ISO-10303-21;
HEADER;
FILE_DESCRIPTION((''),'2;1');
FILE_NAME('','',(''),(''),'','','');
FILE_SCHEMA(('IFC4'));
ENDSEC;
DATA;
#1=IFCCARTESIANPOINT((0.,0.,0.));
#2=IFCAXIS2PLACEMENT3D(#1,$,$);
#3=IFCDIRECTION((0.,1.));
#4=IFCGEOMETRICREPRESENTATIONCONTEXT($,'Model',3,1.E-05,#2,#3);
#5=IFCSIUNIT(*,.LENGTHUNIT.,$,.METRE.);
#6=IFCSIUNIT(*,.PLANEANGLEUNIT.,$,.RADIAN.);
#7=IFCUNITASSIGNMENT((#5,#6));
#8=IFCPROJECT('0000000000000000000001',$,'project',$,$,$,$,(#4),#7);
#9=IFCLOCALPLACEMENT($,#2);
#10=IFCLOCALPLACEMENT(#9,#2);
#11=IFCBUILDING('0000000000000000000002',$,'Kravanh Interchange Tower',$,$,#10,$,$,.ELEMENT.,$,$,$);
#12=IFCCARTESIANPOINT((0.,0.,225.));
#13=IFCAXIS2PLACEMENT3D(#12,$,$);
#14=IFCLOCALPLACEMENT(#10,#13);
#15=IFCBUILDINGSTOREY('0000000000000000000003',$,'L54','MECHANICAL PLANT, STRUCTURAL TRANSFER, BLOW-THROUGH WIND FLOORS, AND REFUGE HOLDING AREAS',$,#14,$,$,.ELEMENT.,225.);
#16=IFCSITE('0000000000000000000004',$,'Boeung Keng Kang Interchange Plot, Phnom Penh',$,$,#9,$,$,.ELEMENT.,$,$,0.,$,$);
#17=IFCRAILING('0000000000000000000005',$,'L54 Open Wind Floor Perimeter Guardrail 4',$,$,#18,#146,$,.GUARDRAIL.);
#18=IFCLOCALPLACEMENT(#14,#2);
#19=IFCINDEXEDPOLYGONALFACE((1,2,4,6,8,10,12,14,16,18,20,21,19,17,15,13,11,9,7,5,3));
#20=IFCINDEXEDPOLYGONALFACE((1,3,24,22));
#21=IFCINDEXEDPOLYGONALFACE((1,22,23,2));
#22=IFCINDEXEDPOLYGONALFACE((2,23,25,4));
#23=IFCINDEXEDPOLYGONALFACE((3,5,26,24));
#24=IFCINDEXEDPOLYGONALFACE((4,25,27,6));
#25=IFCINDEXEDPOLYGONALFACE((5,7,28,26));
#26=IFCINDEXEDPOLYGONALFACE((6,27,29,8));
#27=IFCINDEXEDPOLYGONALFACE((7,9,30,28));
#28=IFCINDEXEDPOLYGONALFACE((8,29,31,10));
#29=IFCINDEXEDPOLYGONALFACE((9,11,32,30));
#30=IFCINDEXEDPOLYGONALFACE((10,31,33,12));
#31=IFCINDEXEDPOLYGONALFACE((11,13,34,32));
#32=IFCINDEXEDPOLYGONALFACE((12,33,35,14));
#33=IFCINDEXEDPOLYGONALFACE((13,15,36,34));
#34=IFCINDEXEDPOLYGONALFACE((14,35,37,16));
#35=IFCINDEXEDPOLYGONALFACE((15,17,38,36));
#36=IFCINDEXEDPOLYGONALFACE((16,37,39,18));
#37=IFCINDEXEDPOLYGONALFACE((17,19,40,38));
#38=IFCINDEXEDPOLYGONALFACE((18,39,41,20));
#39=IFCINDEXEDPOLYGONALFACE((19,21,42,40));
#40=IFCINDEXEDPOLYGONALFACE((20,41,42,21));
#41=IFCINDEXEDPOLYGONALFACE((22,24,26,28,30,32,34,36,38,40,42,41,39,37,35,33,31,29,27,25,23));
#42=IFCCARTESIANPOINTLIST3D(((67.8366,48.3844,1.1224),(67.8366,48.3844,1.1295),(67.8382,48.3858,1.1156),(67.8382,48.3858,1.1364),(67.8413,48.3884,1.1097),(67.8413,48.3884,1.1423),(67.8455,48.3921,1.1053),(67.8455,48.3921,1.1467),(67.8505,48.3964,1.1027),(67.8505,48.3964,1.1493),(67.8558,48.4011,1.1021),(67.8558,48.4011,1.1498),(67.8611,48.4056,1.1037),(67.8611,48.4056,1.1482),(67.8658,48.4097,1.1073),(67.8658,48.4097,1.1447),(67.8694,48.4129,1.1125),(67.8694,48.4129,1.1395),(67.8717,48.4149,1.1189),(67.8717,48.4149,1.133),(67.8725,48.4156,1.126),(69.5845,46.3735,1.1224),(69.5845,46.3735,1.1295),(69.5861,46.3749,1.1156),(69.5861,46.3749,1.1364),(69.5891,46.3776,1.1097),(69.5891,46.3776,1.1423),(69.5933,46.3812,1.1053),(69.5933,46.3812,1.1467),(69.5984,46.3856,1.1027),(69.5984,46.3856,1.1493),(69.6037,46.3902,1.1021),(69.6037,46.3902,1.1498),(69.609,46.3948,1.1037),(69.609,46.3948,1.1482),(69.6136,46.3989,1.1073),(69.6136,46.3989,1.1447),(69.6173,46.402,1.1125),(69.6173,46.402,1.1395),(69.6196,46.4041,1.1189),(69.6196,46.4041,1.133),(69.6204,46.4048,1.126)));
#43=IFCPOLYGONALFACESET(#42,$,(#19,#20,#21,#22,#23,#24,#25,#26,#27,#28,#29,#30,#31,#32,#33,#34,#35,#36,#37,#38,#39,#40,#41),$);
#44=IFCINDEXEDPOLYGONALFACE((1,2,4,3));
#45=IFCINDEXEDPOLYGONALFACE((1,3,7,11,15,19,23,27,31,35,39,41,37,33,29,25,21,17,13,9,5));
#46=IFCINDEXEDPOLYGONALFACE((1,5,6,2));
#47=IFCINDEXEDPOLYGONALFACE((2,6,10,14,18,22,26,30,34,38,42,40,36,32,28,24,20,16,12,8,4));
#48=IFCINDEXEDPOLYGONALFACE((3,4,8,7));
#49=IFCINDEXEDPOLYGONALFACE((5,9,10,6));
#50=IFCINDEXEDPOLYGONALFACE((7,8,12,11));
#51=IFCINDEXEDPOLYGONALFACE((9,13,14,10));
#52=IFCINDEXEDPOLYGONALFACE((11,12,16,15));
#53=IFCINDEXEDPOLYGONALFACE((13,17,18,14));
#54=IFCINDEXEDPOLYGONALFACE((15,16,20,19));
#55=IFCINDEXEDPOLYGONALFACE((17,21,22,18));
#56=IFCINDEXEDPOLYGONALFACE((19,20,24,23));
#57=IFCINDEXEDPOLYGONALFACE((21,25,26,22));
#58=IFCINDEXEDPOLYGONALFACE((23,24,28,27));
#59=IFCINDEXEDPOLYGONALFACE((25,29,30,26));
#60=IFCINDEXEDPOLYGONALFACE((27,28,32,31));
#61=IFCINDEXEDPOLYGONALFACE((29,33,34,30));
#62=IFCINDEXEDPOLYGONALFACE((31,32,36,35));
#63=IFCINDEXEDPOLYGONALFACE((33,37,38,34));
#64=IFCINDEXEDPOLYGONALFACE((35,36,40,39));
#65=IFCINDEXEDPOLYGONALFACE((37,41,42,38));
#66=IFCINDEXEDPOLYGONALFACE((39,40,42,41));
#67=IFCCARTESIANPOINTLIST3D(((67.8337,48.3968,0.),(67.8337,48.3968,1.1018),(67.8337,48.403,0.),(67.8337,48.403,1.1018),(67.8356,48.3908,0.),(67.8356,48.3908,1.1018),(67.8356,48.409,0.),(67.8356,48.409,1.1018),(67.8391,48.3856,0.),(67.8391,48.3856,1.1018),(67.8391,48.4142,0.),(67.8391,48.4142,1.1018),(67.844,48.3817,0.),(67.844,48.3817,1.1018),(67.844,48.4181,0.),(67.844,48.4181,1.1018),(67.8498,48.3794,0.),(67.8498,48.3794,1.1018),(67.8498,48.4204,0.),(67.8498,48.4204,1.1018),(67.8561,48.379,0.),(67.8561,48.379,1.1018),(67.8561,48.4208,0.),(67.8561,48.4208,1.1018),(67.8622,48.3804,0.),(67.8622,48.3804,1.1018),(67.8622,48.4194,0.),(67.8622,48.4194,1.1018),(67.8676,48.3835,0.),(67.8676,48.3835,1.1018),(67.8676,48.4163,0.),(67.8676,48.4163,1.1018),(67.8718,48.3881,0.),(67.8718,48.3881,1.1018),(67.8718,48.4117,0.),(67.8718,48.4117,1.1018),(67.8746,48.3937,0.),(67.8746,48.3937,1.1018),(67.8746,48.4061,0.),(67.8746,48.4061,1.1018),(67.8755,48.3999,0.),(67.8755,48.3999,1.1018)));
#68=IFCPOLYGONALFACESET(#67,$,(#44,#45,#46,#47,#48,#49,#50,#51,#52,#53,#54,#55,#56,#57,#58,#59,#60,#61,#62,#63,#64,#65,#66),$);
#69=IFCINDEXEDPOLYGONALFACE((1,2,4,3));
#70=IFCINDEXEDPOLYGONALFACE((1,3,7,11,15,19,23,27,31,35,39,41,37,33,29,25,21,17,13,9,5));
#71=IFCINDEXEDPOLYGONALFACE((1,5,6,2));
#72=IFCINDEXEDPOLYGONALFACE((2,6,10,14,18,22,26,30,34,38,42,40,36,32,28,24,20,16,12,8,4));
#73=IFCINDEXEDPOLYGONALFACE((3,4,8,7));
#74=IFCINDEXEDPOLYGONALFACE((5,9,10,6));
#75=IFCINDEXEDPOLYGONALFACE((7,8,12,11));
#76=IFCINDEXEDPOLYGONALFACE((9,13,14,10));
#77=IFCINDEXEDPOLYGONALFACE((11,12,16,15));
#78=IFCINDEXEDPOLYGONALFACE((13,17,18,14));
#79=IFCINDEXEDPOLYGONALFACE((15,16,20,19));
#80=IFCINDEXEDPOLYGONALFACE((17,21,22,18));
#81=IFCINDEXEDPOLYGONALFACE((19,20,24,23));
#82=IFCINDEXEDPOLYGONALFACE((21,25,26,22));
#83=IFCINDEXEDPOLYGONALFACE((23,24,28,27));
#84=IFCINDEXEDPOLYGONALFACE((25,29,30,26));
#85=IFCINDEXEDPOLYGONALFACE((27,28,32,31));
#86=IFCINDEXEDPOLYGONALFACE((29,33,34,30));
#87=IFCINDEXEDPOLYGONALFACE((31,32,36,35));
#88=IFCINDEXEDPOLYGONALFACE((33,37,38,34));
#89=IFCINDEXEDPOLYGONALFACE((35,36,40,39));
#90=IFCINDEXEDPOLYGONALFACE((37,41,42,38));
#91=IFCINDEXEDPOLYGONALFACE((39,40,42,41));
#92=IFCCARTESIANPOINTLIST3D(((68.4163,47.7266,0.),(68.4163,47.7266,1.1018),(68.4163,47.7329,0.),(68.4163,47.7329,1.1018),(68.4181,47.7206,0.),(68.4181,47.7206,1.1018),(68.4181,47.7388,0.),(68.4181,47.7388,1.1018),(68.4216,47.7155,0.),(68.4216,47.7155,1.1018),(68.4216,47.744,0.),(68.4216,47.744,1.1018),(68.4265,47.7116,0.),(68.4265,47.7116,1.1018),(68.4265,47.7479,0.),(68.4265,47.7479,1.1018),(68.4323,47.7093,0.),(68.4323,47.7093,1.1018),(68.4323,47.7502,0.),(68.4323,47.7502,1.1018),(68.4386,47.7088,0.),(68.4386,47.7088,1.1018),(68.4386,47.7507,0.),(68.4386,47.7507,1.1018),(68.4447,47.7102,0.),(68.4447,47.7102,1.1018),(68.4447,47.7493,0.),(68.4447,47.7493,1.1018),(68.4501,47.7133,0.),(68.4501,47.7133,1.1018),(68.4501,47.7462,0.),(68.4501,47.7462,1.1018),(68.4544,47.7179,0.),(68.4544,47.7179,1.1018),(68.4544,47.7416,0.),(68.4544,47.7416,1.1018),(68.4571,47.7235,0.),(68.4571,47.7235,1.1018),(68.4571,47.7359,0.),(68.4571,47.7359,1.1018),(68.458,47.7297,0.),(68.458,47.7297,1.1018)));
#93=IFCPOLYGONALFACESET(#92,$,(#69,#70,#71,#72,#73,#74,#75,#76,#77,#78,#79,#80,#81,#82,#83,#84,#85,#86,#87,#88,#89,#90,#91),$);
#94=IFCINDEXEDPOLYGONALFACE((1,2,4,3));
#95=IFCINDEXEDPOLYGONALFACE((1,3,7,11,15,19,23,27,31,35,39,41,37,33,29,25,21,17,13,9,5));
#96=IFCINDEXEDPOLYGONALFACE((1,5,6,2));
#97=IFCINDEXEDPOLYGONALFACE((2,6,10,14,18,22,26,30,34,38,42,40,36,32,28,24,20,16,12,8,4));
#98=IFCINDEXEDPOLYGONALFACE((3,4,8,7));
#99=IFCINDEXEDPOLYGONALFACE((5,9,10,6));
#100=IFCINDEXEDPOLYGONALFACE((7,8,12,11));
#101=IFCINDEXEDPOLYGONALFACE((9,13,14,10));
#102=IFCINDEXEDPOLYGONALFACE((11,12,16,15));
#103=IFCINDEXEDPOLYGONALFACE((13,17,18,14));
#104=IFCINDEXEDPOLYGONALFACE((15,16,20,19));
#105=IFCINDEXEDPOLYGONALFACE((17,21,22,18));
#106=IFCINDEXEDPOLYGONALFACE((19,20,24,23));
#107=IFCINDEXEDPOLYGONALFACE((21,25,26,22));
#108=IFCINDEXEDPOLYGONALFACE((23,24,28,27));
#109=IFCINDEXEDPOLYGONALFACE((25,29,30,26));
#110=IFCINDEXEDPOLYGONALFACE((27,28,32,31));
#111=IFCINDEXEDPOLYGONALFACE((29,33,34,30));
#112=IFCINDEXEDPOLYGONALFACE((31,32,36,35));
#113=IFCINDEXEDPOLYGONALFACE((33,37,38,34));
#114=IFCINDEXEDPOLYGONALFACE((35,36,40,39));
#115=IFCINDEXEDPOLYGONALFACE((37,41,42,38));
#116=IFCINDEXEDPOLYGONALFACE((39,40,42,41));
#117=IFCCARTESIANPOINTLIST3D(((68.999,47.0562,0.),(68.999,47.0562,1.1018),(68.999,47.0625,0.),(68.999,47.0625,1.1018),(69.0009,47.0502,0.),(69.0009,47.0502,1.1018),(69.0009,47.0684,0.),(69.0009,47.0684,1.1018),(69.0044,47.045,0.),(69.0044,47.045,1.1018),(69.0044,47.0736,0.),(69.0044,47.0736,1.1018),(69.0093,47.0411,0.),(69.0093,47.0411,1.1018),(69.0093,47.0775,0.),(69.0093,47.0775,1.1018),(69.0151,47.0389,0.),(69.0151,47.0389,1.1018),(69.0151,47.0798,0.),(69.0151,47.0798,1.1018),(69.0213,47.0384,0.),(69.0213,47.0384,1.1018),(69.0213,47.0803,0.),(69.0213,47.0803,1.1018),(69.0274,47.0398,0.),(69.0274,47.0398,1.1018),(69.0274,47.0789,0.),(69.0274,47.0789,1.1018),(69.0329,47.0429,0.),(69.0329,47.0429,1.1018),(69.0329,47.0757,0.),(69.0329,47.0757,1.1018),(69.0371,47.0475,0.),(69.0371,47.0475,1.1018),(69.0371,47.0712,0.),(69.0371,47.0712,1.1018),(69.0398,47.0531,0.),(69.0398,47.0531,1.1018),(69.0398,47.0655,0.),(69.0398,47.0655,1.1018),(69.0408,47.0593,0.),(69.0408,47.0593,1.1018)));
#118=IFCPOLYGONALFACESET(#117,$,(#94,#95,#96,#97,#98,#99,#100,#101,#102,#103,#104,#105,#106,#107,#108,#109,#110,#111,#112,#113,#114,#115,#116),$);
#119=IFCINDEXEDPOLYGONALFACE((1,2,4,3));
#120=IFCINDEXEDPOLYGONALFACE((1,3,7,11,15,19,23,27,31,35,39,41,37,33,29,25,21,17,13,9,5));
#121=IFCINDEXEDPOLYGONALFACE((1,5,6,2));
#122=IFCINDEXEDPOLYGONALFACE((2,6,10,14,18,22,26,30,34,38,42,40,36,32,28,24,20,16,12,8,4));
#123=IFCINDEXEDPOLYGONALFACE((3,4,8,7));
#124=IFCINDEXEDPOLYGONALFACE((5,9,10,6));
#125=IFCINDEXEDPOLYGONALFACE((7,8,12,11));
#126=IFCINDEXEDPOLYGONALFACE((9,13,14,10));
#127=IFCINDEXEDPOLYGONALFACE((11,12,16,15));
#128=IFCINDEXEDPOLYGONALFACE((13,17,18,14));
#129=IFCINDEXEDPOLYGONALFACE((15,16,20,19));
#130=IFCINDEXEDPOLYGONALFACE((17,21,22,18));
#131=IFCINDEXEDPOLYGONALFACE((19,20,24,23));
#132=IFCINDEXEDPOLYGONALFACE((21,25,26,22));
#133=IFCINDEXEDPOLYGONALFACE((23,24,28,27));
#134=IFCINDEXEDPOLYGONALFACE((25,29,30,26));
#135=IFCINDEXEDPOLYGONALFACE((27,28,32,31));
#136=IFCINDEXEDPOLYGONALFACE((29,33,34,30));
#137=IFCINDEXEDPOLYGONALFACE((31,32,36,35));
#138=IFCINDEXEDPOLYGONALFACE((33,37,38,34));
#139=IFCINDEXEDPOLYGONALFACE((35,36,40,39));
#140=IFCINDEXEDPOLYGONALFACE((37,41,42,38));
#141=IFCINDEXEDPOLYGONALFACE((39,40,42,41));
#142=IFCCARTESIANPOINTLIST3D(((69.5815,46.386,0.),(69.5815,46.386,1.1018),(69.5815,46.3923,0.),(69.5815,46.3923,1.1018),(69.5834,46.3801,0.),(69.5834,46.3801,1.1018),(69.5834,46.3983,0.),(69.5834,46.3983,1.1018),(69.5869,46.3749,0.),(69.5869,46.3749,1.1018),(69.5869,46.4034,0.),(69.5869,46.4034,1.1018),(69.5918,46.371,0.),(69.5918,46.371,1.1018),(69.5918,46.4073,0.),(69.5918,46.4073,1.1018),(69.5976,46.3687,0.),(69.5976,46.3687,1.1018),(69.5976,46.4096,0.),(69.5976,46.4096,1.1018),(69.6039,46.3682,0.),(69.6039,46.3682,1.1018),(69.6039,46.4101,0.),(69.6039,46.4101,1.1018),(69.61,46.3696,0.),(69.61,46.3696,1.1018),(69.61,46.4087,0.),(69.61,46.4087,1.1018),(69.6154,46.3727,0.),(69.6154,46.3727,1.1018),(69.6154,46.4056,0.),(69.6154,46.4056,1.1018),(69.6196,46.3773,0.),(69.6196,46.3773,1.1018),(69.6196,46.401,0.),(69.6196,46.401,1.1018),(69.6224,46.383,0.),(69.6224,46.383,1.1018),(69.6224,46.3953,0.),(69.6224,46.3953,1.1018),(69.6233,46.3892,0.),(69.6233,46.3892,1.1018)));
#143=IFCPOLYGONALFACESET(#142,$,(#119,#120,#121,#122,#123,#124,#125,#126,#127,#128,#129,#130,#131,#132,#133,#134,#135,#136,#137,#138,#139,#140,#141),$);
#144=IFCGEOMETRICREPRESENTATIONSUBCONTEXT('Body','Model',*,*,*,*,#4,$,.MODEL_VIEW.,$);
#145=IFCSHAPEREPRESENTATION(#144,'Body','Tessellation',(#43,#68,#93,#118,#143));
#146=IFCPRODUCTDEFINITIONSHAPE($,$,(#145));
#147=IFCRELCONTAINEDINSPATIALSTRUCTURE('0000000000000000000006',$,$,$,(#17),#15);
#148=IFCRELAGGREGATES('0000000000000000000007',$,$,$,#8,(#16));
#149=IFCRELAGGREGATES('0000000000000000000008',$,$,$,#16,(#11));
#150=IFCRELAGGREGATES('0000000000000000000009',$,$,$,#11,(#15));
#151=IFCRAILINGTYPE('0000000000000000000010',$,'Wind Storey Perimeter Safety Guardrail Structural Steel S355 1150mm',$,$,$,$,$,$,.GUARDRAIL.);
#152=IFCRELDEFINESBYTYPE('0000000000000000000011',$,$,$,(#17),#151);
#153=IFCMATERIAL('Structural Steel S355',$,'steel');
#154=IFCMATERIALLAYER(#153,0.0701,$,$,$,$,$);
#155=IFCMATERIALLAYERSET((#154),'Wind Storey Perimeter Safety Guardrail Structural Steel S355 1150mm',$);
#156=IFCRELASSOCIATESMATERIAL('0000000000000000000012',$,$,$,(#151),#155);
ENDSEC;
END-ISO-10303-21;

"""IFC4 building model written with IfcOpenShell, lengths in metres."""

from ifc_helpers import new_model, si_unit, direction, frame, origin, origin_2d, place, context, subcontext, project, spatial, circle, extrude, material, layer, layer_set, type_object, element, save


model = new_model("IFC4")

# Units and contexts
model_context = context("Model", 3, precision=1e-05, world=origin(), true_north=direction((0.0, 1.0)))
body_context = subcontext(model_context, "Body", "Model", "MODEL_VIEW")
ifc_project = project(units=[si_unit("LENGTHUNIT", "METRE"), si_unit("PLANEANGLEUNIT", "RADIAN")], contexts=[model_context])

# Site, building, storey
site_placement = place(None, origin())
site = spatial("IfcSite", under=ifc_project, at=site_placement, Name="Boeung Keng Kang Interchange Plot, Phnom Penh", CompositionType="ELEMENT", RefElevation=0.0)
building_placement = place(site_placement, origin())
building = spatial("IfcBuilding", under=site, at=building_placement, Name="Kravanh Interchange Tower", CompositionType="ELEMENT")
storey_placement = place(building_placement, frame((0.0, 0.0, 225.0)))
storey = spatial("IfcBuildingStorey", under=building, at=storey_placement, Name="L54", Description="MECHANICAL PLANT, STRUCTURAL TRANSFER, BLOW-THROUGH WIND FLOORS, AND REFUGE HOLDING AREAS", CompositionType="ELEMENT", Elevation=225.0)

# Railing
ifc_material_1 = material(Name="Structural Steel S355", Category="steel")
ifc_layer_1 = layer(ifc_material_1, 0.0701)
ifc_layer_set_1 = layer_set([ifc_layer_1], Name="Wind Storey Perimeter Safety Guardrail Structural Steel S355 1150mm")
railing_type_1 = type_object("IfcRailingType", Name="Wind Storey Perimeter Safety Guardrail Structural Steel S355 1150mm", PredefinedType="GUARDRAIL", material=ifc_layer_set_1)
railing_1_placement = place(storey_placement, frame((67.8545, 48.3999, 0.0)))
element("IfcRailing", 1, at=railing_1_placement, inside=storey, type_object=railing_type_1, Name="L54 Open Wind Floor Perimeter Guardrail 4", PredefinedType="GUARDRAIL", context=body_context, shape_type="SweptSolid", body=[
    extrude(circle(Radius=0.0239, at=origin_2d()), frame((0.0, 0.0, 1.126), z_axis=(0.656036, -0.75473, 0.0), x_axis=(0.75473, 0.656036, 0.0)), (0.0, 0.0, 1.0), 2.6643),
    extrude(circle(Radius=0.021, at=origin_2d()), origin(), (0.0, 0.0, 1.0), 1.1018),
    extrude(circle(Radius=0.021, at=origin_2d()), frame((0.5825, -0.6702, 0.0)), (0.0, 0.0, 1.0), 1.1018),
    extrude(circle(Radius=0.021, at=origin_2d()), frame((1.1653, -1.3406, 0.0)), (0.0, 0.0, 1.0), 1.1018),
    extrude(circle(Radius=0.021, at=origin_2d()), frame((1.7478, -2.0107, 0.0)), (0.0, 0.0, 1.0), 1.1018),
])

save(model, "model.ifc")
